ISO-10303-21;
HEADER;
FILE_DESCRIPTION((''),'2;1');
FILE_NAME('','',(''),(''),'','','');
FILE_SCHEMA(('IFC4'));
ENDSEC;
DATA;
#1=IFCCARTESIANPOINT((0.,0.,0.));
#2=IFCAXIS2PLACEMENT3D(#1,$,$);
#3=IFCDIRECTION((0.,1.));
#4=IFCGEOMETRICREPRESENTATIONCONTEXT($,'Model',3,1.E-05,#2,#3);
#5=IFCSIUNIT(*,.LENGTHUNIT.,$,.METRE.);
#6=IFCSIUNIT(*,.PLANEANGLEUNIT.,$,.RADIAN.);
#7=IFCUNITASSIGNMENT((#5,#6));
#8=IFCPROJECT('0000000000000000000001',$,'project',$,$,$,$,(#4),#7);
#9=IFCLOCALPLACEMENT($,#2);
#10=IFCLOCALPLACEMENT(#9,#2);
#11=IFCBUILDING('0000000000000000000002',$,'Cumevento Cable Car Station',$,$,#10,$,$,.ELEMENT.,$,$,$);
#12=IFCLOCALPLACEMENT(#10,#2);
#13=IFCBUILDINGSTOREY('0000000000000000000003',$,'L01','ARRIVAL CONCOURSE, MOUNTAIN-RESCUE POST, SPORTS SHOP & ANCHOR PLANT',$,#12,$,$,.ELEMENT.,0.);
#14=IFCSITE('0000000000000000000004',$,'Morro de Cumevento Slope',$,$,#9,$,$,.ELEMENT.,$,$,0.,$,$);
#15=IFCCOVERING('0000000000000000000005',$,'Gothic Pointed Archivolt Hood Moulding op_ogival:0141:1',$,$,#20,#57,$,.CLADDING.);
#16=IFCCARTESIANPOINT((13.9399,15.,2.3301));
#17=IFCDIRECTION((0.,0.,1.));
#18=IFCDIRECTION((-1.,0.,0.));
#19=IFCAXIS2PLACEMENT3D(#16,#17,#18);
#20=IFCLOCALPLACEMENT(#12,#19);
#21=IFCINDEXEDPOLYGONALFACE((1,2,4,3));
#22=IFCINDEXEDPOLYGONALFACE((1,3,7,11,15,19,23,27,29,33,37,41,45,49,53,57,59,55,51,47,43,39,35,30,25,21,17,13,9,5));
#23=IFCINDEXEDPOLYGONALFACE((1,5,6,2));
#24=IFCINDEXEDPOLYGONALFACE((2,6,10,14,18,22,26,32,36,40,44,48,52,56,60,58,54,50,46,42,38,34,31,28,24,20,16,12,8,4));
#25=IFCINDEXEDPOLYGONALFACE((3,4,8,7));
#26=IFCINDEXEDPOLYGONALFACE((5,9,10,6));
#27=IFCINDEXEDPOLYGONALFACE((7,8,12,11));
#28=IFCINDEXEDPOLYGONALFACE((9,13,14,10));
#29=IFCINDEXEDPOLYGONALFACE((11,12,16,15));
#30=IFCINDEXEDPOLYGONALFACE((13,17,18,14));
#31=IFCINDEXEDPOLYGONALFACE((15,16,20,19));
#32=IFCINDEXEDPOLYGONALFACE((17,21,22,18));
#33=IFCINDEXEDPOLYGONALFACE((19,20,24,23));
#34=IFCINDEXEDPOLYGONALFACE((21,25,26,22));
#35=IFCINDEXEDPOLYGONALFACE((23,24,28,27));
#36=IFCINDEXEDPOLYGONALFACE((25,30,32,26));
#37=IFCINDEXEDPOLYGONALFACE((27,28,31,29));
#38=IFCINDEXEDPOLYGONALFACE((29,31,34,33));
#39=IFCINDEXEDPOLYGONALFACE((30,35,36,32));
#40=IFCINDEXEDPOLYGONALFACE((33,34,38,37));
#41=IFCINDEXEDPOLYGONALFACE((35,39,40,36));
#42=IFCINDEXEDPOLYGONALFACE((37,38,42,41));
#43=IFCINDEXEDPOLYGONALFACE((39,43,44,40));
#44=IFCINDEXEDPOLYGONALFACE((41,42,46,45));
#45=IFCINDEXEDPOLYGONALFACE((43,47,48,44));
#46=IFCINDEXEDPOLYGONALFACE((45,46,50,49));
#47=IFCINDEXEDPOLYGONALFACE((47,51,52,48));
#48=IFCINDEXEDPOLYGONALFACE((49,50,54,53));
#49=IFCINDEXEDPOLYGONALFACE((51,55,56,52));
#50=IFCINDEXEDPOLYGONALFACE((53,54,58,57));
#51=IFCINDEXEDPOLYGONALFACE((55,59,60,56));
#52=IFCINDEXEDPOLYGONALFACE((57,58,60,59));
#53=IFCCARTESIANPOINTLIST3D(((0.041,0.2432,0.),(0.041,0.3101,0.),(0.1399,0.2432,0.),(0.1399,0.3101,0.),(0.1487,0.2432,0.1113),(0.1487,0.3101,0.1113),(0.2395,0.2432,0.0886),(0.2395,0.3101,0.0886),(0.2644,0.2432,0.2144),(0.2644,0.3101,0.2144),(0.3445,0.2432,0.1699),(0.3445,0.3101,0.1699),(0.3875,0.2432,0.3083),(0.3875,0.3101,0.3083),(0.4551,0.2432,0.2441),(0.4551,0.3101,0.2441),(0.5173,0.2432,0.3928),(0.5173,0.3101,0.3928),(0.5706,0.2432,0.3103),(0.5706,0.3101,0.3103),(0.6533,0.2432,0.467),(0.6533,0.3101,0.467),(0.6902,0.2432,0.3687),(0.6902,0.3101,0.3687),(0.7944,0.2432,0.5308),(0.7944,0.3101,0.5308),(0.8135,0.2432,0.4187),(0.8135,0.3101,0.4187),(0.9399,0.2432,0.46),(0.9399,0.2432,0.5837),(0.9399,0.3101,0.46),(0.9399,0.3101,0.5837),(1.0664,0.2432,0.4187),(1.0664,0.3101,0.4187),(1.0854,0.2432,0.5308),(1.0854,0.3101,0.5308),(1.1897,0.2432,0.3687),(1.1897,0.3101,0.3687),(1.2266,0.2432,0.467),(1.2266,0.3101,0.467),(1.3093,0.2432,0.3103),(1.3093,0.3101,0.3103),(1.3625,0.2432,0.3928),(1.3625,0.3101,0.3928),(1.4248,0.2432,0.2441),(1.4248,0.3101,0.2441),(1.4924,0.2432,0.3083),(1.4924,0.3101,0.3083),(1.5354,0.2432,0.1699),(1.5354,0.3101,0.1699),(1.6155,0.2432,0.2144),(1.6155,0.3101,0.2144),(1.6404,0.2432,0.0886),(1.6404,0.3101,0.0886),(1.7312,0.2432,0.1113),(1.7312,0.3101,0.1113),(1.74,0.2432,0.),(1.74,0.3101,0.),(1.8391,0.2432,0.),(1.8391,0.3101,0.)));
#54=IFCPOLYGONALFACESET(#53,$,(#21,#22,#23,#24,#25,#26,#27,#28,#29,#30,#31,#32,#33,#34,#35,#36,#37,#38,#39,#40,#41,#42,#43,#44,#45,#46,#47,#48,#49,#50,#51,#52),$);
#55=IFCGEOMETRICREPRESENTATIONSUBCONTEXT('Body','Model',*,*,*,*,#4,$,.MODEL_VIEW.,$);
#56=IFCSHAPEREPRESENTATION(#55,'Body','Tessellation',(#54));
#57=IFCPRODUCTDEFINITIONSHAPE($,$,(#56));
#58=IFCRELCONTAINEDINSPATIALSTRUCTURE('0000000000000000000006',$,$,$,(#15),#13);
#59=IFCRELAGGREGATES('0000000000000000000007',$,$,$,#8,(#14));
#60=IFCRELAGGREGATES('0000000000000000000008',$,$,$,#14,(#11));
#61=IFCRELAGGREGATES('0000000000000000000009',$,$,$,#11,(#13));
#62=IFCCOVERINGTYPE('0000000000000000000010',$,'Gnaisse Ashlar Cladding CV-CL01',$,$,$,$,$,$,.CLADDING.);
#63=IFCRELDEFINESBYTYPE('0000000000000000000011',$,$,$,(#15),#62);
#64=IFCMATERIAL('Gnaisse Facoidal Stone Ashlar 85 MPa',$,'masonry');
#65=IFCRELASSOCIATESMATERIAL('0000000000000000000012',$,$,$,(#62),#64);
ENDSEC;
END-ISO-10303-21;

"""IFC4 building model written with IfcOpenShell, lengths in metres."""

from ifc_helpers import new_model, si_unit, direction, frame, origin, place, context, subcontext, project, spatial, polyline, outline, extrude, material, type_object, element, save


model = new_model("IFC4")

# Units and contexts
model_context = context("Model", 3, precision=1e-05, world=origin(), true_north=direction((0.0, 1.0)))
body_context = subcontext(model_context, "Body", "Model", "MODEL_VIEW")
ifc_project = project(units=[si_unit("LENGTHUNIT", "METRE"), si_unit("PLANEANGLEUNIT", "RADIAN")], contexts=[model_context])

# Site, building, storey
site_placement = place(None, origin())
site = spatial("IfcSite", under=ifc_project, at=site_placement, Name="Morro de Cumevento Slope", CompositionType="ELEMENT", RefElevation=0.0)
building_placement = place(site_placement, origin())
building = spatial("IfcBuilding", under=site, at=building_placement, Name="Cumevento Cable Car Station", CompositionType="ELEMENT")
storey_placement = place(building_placement, origin())
storey = spatial("IfcBuildingStorey", under=building, at=storey_placement, Name="L01", Description="ARRIVAL CONCOURSE, MOUNTAIN-RESCUE POST, SPORTS SHOP & ANCHOR PLANT", CompositionType="ELEMENT", Elevation=0.0)

# Covering
ifc_material_1 = material(Name="Gnaisse Facoidal Stone Ashlar 85 MPa", Category="masonry")
covering_type = type_object("IfcCoveringType", Name="Gnaisse Ashlar Cladding CV-CL01", PredefinedType="CLADDING", material=ifc_material_1)
covering_1_placement = place(storey_placement, frame((13.9399, 15.0, 2.3301), z_axis=(0.0, 0.0, 1.0), x_axis=(-1.0, 0.0, 0.0)))
element("IfcCovering", 1, at=covering_1_placement, inside=storey, type_object=covering_type, Name="Gothic Pointed Archivolt Hood Moulding op_ogival:0141:1", PredefinedType="CLADDING", context=body_context, shape_type="SweptSolid", body=[
    extrude(outline(polyline([(0.1399, 0.0), (0.2395, 0.0886), (0.3445, 0.1699), (0.4551, 0.2441), (0.5706, 0.3103), (0.6902, 0.3687), (0.8135, 0.4187), (0.9399, 0.46), (1.0664, 0.4187), (1.1897, 0.3687), (1.3093, 0.3103), (1.4248, 0.2441), (1.5354, 0.1699), (1.6404, 0.0886), (1.74, 0.0), (1.8391, 0.0), (1.7312, 0.1113), (1.6155, 0.2144), (1.4924, 0.3083), (1.3625, 0.3928), (1.2266, 0.467), (1.0854, 0.5308), (0.9399, 0.5837), (0.7944, 0.5308), (0.6533, 0.467), (0.5173, 0.3928), (0.3875, 0.3083), (0.2644, 0.2144), (0.1487, 0.1113), (0.041, 0.0), (0.1399, 0.0)])), frame((0.0, 0.3101, 0.0), z_axis=(0.0, -1.0, 0.0), x_axis=(1.0, 0.0, 0.0)), (0.0, 0.0, 1.0), 0.0669),
])

save(model, "model.ifc")
